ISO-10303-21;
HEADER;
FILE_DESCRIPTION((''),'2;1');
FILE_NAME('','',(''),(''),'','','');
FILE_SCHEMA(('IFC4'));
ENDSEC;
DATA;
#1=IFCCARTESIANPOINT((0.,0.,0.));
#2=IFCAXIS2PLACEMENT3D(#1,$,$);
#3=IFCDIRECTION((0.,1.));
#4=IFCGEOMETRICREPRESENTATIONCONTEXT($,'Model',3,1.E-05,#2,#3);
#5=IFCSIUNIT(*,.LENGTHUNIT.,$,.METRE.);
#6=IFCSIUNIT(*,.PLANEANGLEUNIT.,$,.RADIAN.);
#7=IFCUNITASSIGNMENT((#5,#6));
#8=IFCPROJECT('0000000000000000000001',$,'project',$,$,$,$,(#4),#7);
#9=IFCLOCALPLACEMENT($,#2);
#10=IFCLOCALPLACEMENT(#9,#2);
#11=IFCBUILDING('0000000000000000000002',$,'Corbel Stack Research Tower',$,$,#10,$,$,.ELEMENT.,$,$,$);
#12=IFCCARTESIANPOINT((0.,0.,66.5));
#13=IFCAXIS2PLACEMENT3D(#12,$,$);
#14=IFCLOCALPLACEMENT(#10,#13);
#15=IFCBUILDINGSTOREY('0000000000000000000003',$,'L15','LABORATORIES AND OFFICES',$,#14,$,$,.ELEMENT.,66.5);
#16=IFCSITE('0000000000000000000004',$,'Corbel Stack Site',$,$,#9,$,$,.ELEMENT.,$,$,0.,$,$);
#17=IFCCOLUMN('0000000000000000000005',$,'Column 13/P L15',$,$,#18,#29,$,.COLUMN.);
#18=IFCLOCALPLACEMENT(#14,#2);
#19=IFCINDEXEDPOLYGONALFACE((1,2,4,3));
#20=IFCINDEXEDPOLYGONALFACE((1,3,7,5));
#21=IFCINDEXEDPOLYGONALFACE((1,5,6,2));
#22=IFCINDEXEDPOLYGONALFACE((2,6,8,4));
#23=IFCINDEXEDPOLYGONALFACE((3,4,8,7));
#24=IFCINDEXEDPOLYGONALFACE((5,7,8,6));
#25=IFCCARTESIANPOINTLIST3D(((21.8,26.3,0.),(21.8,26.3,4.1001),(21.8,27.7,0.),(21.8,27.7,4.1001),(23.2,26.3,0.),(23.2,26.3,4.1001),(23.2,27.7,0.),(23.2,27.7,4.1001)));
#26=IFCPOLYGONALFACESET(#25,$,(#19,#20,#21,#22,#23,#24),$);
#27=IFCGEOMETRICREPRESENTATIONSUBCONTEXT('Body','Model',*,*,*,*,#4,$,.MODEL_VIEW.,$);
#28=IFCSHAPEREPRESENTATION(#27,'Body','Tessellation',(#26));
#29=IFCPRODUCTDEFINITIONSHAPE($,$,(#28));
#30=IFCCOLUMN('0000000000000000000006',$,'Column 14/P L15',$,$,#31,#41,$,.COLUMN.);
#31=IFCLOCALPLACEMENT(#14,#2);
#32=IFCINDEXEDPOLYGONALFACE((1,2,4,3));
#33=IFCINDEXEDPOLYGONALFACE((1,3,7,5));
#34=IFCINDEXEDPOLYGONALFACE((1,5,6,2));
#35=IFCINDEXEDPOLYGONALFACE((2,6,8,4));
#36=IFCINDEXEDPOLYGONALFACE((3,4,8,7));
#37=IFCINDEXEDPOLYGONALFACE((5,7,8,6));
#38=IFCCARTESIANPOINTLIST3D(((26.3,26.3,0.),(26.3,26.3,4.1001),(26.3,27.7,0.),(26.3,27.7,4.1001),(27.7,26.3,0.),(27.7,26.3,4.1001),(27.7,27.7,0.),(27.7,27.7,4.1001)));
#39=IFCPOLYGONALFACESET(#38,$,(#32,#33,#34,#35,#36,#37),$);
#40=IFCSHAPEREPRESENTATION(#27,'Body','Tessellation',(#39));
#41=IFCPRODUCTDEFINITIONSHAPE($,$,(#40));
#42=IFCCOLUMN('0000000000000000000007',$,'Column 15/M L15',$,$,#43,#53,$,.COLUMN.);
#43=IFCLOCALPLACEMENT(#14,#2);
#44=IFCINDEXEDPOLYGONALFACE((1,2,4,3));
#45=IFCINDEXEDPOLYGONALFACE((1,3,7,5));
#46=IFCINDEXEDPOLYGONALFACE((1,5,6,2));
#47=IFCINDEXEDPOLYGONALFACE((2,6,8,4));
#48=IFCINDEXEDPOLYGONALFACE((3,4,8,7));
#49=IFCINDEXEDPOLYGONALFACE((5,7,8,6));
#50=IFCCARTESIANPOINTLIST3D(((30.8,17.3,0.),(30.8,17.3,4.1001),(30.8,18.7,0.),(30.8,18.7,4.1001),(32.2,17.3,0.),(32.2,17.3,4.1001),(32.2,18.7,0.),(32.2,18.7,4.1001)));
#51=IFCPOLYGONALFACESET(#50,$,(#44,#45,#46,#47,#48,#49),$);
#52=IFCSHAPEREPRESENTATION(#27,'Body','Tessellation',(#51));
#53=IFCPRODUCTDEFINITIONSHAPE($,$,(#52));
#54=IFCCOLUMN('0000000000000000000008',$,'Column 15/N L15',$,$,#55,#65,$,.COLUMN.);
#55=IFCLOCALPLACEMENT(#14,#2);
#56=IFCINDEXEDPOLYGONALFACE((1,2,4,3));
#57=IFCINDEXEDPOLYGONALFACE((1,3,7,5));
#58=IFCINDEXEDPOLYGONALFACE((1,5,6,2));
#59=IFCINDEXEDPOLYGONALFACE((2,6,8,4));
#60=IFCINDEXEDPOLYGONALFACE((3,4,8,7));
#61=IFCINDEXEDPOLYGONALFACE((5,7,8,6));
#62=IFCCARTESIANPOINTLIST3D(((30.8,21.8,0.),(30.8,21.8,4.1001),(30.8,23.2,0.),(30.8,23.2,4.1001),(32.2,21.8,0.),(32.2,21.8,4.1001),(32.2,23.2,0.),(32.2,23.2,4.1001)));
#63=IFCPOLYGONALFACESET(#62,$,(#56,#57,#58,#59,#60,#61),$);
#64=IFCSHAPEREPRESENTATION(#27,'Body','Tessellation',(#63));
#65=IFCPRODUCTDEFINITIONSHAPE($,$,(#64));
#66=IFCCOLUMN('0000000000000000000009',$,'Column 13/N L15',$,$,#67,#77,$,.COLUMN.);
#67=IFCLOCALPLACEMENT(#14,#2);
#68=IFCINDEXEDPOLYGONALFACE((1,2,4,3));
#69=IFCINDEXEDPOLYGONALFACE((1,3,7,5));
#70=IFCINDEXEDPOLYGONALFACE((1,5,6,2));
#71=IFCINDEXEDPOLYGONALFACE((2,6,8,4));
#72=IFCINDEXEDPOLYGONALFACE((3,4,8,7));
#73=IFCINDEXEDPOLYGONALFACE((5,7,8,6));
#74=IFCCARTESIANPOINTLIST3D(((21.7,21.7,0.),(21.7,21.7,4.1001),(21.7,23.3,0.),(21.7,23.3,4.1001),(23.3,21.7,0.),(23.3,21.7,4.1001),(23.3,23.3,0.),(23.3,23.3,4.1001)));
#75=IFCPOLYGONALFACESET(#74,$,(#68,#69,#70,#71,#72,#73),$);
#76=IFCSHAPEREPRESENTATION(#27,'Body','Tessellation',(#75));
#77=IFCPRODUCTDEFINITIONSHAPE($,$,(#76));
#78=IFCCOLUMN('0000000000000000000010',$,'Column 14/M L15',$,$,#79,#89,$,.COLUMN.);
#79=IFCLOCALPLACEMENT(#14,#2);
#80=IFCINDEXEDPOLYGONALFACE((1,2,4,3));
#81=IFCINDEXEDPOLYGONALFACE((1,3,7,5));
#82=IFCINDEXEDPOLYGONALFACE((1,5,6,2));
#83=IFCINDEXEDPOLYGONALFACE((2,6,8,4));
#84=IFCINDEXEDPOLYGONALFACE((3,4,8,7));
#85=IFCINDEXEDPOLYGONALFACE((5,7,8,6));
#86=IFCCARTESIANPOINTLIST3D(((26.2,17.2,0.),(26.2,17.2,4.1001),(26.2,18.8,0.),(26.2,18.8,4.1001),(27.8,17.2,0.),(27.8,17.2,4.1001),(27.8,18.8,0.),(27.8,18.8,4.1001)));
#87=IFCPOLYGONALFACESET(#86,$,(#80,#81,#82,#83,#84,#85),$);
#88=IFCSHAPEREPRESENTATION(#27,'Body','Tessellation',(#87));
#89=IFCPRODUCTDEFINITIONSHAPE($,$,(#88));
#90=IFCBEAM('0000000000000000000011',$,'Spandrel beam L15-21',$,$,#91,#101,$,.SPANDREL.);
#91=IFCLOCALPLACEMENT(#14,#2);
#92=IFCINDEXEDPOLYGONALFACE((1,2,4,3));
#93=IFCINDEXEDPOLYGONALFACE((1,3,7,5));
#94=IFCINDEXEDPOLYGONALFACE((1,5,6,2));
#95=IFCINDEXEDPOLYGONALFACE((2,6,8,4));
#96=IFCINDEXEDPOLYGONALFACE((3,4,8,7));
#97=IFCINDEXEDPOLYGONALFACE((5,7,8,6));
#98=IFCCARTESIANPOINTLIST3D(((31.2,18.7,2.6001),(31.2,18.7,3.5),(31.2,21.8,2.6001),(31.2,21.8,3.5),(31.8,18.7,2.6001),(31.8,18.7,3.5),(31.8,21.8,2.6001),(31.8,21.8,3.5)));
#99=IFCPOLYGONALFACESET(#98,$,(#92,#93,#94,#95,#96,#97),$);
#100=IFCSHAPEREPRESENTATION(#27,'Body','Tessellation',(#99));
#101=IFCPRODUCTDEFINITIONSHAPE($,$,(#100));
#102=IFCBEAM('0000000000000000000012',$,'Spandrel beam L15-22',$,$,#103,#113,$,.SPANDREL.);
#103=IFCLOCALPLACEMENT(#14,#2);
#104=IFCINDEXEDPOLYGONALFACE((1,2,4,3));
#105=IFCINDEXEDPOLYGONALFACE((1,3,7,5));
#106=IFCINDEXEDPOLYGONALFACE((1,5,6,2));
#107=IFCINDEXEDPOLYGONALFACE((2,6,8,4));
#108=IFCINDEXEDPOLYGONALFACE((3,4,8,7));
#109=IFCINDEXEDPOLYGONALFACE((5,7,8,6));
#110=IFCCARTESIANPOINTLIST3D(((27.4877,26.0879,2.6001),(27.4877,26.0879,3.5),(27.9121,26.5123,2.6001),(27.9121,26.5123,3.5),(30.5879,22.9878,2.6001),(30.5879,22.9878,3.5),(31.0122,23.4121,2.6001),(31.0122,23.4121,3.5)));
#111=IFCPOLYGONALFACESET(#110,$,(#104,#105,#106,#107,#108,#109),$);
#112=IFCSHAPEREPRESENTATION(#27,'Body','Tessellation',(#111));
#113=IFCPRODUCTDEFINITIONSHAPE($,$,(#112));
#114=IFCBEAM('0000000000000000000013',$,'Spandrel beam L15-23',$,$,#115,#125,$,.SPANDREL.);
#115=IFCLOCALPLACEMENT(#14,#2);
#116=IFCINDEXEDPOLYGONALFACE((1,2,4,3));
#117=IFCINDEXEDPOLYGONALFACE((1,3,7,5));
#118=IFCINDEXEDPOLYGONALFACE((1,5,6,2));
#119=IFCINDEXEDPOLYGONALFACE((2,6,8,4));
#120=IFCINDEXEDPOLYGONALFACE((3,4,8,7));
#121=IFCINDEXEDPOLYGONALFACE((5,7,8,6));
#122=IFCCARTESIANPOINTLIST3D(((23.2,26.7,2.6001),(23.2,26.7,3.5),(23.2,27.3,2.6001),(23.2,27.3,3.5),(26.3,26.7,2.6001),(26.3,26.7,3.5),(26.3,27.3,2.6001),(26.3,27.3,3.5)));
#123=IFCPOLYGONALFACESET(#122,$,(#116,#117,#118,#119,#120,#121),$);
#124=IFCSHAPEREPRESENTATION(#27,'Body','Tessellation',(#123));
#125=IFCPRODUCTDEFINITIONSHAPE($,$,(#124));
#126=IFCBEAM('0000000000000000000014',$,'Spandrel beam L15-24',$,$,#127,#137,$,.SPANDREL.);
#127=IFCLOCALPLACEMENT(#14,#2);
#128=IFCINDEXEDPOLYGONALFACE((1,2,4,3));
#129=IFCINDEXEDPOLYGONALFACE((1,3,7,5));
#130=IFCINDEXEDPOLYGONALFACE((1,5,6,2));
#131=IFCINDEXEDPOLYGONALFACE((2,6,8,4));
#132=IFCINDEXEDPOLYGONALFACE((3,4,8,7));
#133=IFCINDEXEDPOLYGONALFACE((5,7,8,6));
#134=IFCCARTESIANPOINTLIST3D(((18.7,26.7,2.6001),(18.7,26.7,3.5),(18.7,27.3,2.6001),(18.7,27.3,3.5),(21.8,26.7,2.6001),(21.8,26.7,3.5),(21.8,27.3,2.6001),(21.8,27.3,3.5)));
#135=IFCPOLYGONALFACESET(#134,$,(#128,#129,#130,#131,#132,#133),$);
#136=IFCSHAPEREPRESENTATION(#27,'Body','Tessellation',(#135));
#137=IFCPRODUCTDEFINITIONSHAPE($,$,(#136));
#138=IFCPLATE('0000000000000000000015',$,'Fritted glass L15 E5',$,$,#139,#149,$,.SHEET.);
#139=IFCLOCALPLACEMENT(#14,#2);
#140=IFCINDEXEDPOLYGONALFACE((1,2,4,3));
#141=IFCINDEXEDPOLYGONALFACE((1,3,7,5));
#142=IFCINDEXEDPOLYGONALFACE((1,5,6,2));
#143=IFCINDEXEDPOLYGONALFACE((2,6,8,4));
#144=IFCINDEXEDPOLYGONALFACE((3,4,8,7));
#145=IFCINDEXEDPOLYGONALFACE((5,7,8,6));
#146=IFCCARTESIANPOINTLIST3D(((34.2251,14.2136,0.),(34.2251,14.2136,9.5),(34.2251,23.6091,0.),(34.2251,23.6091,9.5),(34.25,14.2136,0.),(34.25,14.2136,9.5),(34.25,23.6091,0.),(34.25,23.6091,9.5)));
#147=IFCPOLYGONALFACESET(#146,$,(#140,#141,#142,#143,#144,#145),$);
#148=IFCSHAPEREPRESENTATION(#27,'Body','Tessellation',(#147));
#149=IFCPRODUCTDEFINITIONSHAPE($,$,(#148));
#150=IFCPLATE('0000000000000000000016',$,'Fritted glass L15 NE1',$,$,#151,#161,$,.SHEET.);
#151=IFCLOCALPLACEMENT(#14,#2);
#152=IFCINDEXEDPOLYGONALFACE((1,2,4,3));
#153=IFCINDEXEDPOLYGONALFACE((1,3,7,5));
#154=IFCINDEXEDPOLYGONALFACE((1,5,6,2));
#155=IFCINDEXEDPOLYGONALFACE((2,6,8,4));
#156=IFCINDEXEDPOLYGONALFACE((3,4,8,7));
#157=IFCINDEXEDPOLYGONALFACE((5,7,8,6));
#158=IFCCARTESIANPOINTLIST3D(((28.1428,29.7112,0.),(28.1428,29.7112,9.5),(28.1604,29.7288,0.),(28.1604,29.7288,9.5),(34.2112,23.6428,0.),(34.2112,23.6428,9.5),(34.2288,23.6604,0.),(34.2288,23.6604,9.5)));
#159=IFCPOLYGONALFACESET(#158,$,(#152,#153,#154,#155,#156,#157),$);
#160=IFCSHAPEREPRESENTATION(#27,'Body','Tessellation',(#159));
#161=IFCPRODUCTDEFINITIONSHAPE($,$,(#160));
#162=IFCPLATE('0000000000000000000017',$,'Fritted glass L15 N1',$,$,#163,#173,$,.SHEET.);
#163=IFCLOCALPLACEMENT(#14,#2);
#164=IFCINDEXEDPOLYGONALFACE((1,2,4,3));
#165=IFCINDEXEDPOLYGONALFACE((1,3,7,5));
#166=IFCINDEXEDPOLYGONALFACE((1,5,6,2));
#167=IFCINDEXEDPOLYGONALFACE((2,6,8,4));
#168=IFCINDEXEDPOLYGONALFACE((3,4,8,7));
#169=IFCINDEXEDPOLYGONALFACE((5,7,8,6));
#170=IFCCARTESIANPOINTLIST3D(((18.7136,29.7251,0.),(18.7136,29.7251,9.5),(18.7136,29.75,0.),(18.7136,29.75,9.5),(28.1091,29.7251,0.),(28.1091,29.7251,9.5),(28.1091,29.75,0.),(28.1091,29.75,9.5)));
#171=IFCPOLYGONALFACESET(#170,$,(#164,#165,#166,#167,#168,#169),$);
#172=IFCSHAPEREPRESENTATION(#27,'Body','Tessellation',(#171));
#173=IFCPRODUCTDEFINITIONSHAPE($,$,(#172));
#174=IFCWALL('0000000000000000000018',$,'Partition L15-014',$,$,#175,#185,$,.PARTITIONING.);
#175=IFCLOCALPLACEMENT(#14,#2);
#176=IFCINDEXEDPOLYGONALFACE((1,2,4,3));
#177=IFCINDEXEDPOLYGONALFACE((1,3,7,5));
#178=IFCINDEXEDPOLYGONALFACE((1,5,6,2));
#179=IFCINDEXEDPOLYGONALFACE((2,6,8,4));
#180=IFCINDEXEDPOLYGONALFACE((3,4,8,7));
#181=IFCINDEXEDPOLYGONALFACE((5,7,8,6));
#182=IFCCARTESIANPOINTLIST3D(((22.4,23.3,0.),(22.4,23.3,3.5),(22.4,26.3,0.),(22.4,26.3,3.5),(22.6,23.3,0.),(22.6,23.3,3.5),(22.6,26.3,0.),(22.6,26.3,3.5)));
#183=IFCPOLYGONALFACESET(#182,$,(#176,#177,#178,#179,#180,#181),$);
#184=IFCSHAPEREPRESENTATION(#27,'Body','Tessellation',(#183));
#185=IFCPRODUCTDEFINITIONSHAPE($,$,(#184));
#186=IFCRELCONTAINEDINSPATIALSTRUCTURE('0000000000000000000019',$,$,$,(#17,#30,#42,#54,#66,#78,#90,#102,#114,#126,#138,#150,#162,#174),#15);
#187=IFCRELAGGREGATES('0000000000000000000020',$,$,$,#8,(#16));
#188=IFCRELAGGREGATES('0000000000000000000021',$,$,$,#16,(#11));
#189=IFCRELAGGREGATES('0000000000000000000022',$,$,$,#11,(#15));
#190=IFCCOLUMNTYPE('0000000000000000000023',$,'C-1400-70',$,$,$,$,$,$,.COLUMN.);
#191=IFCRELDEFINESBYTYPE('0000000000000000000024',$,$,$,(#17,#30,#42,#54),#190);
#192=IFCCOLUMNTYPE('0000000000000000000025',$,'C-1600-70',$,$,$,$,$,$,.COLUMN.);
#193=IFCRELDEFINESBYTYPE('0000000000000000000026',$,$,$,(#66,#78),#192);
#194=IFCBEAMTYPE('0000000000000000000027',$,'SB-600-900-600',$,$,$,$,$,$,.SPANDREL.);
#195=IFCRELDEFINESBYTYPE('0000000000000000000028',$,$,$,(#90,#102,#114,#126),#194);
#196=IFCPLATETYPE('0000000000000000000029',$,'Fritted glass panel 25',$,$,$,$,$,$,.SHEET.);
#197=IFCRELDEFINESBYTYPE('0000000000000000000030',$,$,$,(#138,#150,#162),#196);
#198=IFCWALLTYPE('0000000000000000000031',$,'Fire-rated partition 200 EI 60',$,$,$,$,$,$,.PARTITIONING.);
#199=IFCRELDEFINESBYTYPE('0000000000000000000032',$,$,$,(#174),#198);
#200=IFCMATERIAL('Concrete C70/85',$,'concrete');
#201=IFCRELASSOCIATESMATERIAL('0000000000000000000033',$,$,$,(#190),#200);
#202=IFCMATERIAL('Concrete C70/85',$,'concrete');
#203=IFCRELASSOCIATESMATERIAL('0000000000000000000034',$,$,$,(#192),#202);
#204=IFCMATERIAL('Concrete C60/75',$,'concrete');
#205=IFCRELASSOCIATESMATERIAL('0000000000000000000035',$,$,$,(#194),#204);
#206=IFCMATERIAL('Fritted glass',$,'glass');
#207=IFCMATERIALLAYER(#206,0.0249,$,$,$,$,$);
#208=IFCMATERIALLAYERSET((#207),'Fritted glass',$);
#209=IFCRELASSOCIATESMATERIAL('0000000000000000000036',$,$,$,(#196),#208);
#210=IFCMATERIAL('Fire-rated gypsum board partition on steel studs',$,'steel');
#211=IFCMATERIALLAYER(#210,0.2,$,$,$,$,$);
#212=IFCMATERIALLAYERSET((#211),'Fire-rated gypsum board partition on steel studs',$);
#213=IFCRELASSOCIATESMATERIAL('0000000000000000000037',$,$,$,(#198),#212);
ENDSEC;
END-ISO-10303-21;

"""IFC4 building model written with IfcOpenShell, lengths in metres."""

from ifc_helpers import new_model, si_unit, direction, frame, frame_2d, origin, origin_2d, place, context, subcontext, project, spatial, rectangle, extrude, material, layer, layer_set, material_profile, profile_set, type_object, element, save


model = new_model("IFC4")

# Units and contexts
model_context = context("Model", 3, precision=1e-05, world=origin(), true_north=direction((0.0, 1.0)))
body_context = subcontext(model_context, "Body", "Model", "MODEL_VIEW")
ifc_project = project(units=[si_unit("LENGTHUNIT", "METRE"), si_unit("PLANEANGLEUNIT", "RADIAN")], contexts=[model_context])

# Site, building, storey
site_placement = place(None, origin())
site = spatial("IfcSite", under=ifc_project, at=site_placement, Name="Corbel Stack Site", CompositionType="ELEMENT", RefElevation=0.0)
building_placement = place(site_placement, origin())
building = spatial("IfcBuilding", under=site, at=building_placement, Name="Corbel Stack Research Tower", CompositionType="ELEMENT")
storey_placement = place(building_placement, frame((0.0, 0.0, 66.5)))
storey = spatial("IfcBuildingStorey", under=building, at=storey_placement, Name="L15", Description="LABORATORIES AND OFFICES", CompositionType="ELEMENT", Elevation=66.5)

# Columns
ifc_material_1 = material(Name="Concrete C70/85", Category="concrete")
ifc_material_profile_1 = material_profile(ifc_material_1, rectangle(XDim=1.3999, YDim=1.3999, at=origin_2d()), Name="RC 1400 x 1400")
ifc_profile_set_1 = profile_set([ifc_material_profile_1], Name="Concrete C70/85")
column_type_1 = type_object("IfcColumnType", Name="C-1400-70", PredefinedType="COLUMN", material=ifc_profile_set_1)
for number, where, z_axis, x_axis, name in (
    (1, (22.5, 27.0, 0.0), (0.0, 0.0, 1.0), (1.0, 0.0, 0.0), "Column 13/P L15"),
    (2, (27.0, 27.0, 0.0), (0.0, 0.0, 1.0), (1.0, 0.0, 0.0), "Column 14/P L15"),
    (3, (31.5, 18.0, 0.0), (0.0, 0.0, 1.0), (1.0, 0.0, 0.0), "Column 15/M L15"),
    (4, (31.5, 22.5, 0.0), (0.0, 0.0, 1.0), (1.0, 0.0, 0.0), "Column 15/N L15"),
):
    element("IfcColumn", number, at=place(storey_placement, frame(where, z_axis=z_axis, x_axis=x_axis)), inside=storey, type_object=column_type_1, Name=name, PredefinedType="COLUMN", context=body_context, shape_type="SweptSolid", body=[
        extrude(rectangle(XDim=1.3999, YDim=1.3999, at=origin_2d()), origin(), (0.0, 0.0, 1.0), 4.1001),
    ])
ifc_material_2 = material(Name="Concrete C70/85", Category="concrete")
ifc_material_profile_2 = material_profile(ifc_material_2, rectangle(XDim=1.6001, YDim=1.6001, at=origin_2d()), Name="RC 1600 x 1600")
ifc_profile_set_2 = profile_set([ifc_material_profile_2], Name="Concrete C70/85")
column_type_2 = type_object("IfcColumnType", Name="C-1600-70", PredefinedType="COLUMN", material=ifc_profile_set_2)
for number, where, z_axis, x_axis, name in (
    (5, (22.5, 22.5, 0.0), (0.0, 0.0, 1.0), (1.0, 0.0, 0.0), "Column 13/N L15"),
    (6, (27.0, 18.0, 0.0), (0.0, 0.0, 1.0), (1.0, 0.0, 0.0), "Column 14/M L15"),
):
    element("IfcColumn", number, at=place(storey_placement, frame(where, z_axis=z_axis, x_axis=x_axis)), inside=storey, type_object=column_type_2, Name=name, PredefinedType="COLUMN", context=body_context, shape_type="SweptSolid", body=[
        extrude(rectangle(XDim=1.6001, YDim=1.6001, at=origin_2d()), origin(), (0.0, 0.0, 1.0), 4.1001),
    ])

# Beams
ifc_material_3 = material(Name="Concrete C60/75", Category="concrete")
ifc_material_profile_3 = material_profile(ifc_material_3, rectangle(XDim=0.6001, YDim=0.8999, at=origin_2d()), Name="RC 600 x 900")
ifc_profile_set_3 = profile_set([ifc_material_profile_3], Name="Concrete C60/75")
beam_type = type_object("IfcBeamType", Name="SB-600-900-600", PredefinedType="SPANDREL", material=ifc_profile_set_3)
beam_1_placement = place(storey_placement, frame((31.5, 18.7, 3.05), z_axis=(0.0, 1.0, 0.0), x_axis=(-1.0, 0.0, 0.0)))
element("IfcBeam", 7, at=beam_1_placement, inside=storey, type_object=beam_type, Name="Spandrel beam L15-21", PredefinedType="SPANDREL", context=body_context, shape_type="SweptSolid", body=[
    extrude(rectangle(XDim=0.6001, YDim=0.8999, at=origin_2d()), origin(), (0.0, 0.0, 1.0), 3.1001),
])
beam_2_placement = place(storey_placement, frame((30.8, 23.2, 3.05), z_axis=(-0.707107, 0.707107, 0.0), x_axis=(-0.707107, -0.707107, 0.0)))
element("IfcBeam", 8, at=beam_2_placement, inside=storey, type_object=beam_type, Name="Spandrel beam L15-22", PredefinedType="SPANDREL", context=body_context, shape_type="SweptSolid", body=[
    extrude(rectangle(XDim=0.6001, YDim=0.8999, at=origin_2d()), origin(), (0.0, 0.0, 1.0), 4.3843),
])
for number, where, z_axis, x_axis, name in (
    (9, (26.3, 27.0, 3.05), (-1.0, 0.0, 0.0), (0.0, -1.0, 0.0), "Spandrel beam L15-23"),
    (10, (21.8, 27.0, 3.05), (-1.0, 0.0, 0.0), (0.0, -1.0, 0.0), "Spandrel beam L15-24"),
):
    element("IfcBeam", number, at=place(storey_placement, frame(where, z_axis=z_axis, x_axis=x_axis)), inside=storey, type_object=beam_type, Name=name, PredefinedType="SPANDREL", context=body_context, shape_type="SweptSolid", body=[
        extrude(rectangle(XDim=0.6001, YDim=0.8999, at=origin_2d()), origin(), (0.0, 0.0, 1.0), 3.1001),
    ])

# Plates
ifc_material_4 = material(Name="Fritted glass", Category="glass")
ifc_layer_1 = layer(ifc_material_4, 0.0249)
ifc_layer_set_1 = layer_set([ifc_layer_1], Name="Fritted glass")
plate_type = type_object("IfcPlateType", Name="Fritted glass panel 25", PredefinedType="SHEET", material=ifc_layer_set_1)
plate_1_placement = place(storey_placement, frame((34.2375, 18.9114, 0.0), z_axis=(0.0, 0.0, 1.0), x_axis=(0.0, 1.0, 0.0)))
element("IfcPlate", 11, at=plate_1_placement, inside=storey, type_object=plate_type, Name="Fritted glass L15 E5", PredefinedType="SHEET", context=body_context, shape_type="SweptSolid", body=[
    extrude(rectangle(XDim=9.3955, YDim=0.0249, at=origin_2d()), origin(), (0.0, 0.0, 1.0), 9.5),
])
plate_2_placement = place(storey_placement, frame((31.1858, 26.6858, 0.0), z_axis=(0.0, 0.0, 1.0), x_axis=(-0.707107, 0.707107, 0.0)))
element("IfcPlate", 12, at=plate_2_placement, inside=storey, type_object=plate_type, Name="Fritted glass L15 NE1", PredefinedType="SHEET", context=body_context, shape_type="SweptSolid", body=[
    extrude(rectangle(XDim=8.582, YDim=0.0249, at=origin_2d()), origin(), (0.0, 0.0, 1.0), 9.5),
])
plate_3_placement = place(storey_placement, frame((23.4114, 29.7375, 0.0), z_axis=(0.0, 0.0, 1.0), x_axis=(-1.0, 0.0, 0.0)))
element("IfcPlate", 13, at=plate_3_placement, inside=storey, type_object=plate_type, Name="Fritted glass L15 N1", PredefinedType="SHEET", context=body_context, shape_type="SweptSolid", body=[
    extrude(rectangle(XDim=9.3955, YDim=0.0249, at=origin_2d()), origin(), (0.0, 0.0, 1.0), 9.5),
])

# Wall
ifc_material_5 = material(Name="Fire-rated gypsum board partition on steel studs", Category="steel")
ifc_layer_2 = layer(ifc_material_5, 0.2)
ifc_layer_set_2 = layer_set([ifc_layer_2], Name="Fire-rated gypsum board partition on steel studs")
wall_type_1 = type_object("IfcWallType", Name="Fire-rated partition 200 EI 60", PredefinedType="PARTITIONING", material=ifc_layer_set_2)
wall_1_placement = place(storey_placement, frame((22.5, 23.3, 0.0), z_axis=(0.0, 0.0, 1.0), x_axis=(0.0, 1.0, 0.0)))
element("IfcWall", 14, at=wall_1_placement, inside=storey, type_object=wall_type_1, Name="Partition L15-014", PredefinedType="PARTITIONING", context=body_context, shape_type="SweptSolid", body=[
    extrude(rectangle(XDim=3.0, YDim=0.2, at=frame_2d((1.5, 0.0))), origin(), (0.0, 0.0, 1.0), 3.5),
])

save(model, "model.ifc")
